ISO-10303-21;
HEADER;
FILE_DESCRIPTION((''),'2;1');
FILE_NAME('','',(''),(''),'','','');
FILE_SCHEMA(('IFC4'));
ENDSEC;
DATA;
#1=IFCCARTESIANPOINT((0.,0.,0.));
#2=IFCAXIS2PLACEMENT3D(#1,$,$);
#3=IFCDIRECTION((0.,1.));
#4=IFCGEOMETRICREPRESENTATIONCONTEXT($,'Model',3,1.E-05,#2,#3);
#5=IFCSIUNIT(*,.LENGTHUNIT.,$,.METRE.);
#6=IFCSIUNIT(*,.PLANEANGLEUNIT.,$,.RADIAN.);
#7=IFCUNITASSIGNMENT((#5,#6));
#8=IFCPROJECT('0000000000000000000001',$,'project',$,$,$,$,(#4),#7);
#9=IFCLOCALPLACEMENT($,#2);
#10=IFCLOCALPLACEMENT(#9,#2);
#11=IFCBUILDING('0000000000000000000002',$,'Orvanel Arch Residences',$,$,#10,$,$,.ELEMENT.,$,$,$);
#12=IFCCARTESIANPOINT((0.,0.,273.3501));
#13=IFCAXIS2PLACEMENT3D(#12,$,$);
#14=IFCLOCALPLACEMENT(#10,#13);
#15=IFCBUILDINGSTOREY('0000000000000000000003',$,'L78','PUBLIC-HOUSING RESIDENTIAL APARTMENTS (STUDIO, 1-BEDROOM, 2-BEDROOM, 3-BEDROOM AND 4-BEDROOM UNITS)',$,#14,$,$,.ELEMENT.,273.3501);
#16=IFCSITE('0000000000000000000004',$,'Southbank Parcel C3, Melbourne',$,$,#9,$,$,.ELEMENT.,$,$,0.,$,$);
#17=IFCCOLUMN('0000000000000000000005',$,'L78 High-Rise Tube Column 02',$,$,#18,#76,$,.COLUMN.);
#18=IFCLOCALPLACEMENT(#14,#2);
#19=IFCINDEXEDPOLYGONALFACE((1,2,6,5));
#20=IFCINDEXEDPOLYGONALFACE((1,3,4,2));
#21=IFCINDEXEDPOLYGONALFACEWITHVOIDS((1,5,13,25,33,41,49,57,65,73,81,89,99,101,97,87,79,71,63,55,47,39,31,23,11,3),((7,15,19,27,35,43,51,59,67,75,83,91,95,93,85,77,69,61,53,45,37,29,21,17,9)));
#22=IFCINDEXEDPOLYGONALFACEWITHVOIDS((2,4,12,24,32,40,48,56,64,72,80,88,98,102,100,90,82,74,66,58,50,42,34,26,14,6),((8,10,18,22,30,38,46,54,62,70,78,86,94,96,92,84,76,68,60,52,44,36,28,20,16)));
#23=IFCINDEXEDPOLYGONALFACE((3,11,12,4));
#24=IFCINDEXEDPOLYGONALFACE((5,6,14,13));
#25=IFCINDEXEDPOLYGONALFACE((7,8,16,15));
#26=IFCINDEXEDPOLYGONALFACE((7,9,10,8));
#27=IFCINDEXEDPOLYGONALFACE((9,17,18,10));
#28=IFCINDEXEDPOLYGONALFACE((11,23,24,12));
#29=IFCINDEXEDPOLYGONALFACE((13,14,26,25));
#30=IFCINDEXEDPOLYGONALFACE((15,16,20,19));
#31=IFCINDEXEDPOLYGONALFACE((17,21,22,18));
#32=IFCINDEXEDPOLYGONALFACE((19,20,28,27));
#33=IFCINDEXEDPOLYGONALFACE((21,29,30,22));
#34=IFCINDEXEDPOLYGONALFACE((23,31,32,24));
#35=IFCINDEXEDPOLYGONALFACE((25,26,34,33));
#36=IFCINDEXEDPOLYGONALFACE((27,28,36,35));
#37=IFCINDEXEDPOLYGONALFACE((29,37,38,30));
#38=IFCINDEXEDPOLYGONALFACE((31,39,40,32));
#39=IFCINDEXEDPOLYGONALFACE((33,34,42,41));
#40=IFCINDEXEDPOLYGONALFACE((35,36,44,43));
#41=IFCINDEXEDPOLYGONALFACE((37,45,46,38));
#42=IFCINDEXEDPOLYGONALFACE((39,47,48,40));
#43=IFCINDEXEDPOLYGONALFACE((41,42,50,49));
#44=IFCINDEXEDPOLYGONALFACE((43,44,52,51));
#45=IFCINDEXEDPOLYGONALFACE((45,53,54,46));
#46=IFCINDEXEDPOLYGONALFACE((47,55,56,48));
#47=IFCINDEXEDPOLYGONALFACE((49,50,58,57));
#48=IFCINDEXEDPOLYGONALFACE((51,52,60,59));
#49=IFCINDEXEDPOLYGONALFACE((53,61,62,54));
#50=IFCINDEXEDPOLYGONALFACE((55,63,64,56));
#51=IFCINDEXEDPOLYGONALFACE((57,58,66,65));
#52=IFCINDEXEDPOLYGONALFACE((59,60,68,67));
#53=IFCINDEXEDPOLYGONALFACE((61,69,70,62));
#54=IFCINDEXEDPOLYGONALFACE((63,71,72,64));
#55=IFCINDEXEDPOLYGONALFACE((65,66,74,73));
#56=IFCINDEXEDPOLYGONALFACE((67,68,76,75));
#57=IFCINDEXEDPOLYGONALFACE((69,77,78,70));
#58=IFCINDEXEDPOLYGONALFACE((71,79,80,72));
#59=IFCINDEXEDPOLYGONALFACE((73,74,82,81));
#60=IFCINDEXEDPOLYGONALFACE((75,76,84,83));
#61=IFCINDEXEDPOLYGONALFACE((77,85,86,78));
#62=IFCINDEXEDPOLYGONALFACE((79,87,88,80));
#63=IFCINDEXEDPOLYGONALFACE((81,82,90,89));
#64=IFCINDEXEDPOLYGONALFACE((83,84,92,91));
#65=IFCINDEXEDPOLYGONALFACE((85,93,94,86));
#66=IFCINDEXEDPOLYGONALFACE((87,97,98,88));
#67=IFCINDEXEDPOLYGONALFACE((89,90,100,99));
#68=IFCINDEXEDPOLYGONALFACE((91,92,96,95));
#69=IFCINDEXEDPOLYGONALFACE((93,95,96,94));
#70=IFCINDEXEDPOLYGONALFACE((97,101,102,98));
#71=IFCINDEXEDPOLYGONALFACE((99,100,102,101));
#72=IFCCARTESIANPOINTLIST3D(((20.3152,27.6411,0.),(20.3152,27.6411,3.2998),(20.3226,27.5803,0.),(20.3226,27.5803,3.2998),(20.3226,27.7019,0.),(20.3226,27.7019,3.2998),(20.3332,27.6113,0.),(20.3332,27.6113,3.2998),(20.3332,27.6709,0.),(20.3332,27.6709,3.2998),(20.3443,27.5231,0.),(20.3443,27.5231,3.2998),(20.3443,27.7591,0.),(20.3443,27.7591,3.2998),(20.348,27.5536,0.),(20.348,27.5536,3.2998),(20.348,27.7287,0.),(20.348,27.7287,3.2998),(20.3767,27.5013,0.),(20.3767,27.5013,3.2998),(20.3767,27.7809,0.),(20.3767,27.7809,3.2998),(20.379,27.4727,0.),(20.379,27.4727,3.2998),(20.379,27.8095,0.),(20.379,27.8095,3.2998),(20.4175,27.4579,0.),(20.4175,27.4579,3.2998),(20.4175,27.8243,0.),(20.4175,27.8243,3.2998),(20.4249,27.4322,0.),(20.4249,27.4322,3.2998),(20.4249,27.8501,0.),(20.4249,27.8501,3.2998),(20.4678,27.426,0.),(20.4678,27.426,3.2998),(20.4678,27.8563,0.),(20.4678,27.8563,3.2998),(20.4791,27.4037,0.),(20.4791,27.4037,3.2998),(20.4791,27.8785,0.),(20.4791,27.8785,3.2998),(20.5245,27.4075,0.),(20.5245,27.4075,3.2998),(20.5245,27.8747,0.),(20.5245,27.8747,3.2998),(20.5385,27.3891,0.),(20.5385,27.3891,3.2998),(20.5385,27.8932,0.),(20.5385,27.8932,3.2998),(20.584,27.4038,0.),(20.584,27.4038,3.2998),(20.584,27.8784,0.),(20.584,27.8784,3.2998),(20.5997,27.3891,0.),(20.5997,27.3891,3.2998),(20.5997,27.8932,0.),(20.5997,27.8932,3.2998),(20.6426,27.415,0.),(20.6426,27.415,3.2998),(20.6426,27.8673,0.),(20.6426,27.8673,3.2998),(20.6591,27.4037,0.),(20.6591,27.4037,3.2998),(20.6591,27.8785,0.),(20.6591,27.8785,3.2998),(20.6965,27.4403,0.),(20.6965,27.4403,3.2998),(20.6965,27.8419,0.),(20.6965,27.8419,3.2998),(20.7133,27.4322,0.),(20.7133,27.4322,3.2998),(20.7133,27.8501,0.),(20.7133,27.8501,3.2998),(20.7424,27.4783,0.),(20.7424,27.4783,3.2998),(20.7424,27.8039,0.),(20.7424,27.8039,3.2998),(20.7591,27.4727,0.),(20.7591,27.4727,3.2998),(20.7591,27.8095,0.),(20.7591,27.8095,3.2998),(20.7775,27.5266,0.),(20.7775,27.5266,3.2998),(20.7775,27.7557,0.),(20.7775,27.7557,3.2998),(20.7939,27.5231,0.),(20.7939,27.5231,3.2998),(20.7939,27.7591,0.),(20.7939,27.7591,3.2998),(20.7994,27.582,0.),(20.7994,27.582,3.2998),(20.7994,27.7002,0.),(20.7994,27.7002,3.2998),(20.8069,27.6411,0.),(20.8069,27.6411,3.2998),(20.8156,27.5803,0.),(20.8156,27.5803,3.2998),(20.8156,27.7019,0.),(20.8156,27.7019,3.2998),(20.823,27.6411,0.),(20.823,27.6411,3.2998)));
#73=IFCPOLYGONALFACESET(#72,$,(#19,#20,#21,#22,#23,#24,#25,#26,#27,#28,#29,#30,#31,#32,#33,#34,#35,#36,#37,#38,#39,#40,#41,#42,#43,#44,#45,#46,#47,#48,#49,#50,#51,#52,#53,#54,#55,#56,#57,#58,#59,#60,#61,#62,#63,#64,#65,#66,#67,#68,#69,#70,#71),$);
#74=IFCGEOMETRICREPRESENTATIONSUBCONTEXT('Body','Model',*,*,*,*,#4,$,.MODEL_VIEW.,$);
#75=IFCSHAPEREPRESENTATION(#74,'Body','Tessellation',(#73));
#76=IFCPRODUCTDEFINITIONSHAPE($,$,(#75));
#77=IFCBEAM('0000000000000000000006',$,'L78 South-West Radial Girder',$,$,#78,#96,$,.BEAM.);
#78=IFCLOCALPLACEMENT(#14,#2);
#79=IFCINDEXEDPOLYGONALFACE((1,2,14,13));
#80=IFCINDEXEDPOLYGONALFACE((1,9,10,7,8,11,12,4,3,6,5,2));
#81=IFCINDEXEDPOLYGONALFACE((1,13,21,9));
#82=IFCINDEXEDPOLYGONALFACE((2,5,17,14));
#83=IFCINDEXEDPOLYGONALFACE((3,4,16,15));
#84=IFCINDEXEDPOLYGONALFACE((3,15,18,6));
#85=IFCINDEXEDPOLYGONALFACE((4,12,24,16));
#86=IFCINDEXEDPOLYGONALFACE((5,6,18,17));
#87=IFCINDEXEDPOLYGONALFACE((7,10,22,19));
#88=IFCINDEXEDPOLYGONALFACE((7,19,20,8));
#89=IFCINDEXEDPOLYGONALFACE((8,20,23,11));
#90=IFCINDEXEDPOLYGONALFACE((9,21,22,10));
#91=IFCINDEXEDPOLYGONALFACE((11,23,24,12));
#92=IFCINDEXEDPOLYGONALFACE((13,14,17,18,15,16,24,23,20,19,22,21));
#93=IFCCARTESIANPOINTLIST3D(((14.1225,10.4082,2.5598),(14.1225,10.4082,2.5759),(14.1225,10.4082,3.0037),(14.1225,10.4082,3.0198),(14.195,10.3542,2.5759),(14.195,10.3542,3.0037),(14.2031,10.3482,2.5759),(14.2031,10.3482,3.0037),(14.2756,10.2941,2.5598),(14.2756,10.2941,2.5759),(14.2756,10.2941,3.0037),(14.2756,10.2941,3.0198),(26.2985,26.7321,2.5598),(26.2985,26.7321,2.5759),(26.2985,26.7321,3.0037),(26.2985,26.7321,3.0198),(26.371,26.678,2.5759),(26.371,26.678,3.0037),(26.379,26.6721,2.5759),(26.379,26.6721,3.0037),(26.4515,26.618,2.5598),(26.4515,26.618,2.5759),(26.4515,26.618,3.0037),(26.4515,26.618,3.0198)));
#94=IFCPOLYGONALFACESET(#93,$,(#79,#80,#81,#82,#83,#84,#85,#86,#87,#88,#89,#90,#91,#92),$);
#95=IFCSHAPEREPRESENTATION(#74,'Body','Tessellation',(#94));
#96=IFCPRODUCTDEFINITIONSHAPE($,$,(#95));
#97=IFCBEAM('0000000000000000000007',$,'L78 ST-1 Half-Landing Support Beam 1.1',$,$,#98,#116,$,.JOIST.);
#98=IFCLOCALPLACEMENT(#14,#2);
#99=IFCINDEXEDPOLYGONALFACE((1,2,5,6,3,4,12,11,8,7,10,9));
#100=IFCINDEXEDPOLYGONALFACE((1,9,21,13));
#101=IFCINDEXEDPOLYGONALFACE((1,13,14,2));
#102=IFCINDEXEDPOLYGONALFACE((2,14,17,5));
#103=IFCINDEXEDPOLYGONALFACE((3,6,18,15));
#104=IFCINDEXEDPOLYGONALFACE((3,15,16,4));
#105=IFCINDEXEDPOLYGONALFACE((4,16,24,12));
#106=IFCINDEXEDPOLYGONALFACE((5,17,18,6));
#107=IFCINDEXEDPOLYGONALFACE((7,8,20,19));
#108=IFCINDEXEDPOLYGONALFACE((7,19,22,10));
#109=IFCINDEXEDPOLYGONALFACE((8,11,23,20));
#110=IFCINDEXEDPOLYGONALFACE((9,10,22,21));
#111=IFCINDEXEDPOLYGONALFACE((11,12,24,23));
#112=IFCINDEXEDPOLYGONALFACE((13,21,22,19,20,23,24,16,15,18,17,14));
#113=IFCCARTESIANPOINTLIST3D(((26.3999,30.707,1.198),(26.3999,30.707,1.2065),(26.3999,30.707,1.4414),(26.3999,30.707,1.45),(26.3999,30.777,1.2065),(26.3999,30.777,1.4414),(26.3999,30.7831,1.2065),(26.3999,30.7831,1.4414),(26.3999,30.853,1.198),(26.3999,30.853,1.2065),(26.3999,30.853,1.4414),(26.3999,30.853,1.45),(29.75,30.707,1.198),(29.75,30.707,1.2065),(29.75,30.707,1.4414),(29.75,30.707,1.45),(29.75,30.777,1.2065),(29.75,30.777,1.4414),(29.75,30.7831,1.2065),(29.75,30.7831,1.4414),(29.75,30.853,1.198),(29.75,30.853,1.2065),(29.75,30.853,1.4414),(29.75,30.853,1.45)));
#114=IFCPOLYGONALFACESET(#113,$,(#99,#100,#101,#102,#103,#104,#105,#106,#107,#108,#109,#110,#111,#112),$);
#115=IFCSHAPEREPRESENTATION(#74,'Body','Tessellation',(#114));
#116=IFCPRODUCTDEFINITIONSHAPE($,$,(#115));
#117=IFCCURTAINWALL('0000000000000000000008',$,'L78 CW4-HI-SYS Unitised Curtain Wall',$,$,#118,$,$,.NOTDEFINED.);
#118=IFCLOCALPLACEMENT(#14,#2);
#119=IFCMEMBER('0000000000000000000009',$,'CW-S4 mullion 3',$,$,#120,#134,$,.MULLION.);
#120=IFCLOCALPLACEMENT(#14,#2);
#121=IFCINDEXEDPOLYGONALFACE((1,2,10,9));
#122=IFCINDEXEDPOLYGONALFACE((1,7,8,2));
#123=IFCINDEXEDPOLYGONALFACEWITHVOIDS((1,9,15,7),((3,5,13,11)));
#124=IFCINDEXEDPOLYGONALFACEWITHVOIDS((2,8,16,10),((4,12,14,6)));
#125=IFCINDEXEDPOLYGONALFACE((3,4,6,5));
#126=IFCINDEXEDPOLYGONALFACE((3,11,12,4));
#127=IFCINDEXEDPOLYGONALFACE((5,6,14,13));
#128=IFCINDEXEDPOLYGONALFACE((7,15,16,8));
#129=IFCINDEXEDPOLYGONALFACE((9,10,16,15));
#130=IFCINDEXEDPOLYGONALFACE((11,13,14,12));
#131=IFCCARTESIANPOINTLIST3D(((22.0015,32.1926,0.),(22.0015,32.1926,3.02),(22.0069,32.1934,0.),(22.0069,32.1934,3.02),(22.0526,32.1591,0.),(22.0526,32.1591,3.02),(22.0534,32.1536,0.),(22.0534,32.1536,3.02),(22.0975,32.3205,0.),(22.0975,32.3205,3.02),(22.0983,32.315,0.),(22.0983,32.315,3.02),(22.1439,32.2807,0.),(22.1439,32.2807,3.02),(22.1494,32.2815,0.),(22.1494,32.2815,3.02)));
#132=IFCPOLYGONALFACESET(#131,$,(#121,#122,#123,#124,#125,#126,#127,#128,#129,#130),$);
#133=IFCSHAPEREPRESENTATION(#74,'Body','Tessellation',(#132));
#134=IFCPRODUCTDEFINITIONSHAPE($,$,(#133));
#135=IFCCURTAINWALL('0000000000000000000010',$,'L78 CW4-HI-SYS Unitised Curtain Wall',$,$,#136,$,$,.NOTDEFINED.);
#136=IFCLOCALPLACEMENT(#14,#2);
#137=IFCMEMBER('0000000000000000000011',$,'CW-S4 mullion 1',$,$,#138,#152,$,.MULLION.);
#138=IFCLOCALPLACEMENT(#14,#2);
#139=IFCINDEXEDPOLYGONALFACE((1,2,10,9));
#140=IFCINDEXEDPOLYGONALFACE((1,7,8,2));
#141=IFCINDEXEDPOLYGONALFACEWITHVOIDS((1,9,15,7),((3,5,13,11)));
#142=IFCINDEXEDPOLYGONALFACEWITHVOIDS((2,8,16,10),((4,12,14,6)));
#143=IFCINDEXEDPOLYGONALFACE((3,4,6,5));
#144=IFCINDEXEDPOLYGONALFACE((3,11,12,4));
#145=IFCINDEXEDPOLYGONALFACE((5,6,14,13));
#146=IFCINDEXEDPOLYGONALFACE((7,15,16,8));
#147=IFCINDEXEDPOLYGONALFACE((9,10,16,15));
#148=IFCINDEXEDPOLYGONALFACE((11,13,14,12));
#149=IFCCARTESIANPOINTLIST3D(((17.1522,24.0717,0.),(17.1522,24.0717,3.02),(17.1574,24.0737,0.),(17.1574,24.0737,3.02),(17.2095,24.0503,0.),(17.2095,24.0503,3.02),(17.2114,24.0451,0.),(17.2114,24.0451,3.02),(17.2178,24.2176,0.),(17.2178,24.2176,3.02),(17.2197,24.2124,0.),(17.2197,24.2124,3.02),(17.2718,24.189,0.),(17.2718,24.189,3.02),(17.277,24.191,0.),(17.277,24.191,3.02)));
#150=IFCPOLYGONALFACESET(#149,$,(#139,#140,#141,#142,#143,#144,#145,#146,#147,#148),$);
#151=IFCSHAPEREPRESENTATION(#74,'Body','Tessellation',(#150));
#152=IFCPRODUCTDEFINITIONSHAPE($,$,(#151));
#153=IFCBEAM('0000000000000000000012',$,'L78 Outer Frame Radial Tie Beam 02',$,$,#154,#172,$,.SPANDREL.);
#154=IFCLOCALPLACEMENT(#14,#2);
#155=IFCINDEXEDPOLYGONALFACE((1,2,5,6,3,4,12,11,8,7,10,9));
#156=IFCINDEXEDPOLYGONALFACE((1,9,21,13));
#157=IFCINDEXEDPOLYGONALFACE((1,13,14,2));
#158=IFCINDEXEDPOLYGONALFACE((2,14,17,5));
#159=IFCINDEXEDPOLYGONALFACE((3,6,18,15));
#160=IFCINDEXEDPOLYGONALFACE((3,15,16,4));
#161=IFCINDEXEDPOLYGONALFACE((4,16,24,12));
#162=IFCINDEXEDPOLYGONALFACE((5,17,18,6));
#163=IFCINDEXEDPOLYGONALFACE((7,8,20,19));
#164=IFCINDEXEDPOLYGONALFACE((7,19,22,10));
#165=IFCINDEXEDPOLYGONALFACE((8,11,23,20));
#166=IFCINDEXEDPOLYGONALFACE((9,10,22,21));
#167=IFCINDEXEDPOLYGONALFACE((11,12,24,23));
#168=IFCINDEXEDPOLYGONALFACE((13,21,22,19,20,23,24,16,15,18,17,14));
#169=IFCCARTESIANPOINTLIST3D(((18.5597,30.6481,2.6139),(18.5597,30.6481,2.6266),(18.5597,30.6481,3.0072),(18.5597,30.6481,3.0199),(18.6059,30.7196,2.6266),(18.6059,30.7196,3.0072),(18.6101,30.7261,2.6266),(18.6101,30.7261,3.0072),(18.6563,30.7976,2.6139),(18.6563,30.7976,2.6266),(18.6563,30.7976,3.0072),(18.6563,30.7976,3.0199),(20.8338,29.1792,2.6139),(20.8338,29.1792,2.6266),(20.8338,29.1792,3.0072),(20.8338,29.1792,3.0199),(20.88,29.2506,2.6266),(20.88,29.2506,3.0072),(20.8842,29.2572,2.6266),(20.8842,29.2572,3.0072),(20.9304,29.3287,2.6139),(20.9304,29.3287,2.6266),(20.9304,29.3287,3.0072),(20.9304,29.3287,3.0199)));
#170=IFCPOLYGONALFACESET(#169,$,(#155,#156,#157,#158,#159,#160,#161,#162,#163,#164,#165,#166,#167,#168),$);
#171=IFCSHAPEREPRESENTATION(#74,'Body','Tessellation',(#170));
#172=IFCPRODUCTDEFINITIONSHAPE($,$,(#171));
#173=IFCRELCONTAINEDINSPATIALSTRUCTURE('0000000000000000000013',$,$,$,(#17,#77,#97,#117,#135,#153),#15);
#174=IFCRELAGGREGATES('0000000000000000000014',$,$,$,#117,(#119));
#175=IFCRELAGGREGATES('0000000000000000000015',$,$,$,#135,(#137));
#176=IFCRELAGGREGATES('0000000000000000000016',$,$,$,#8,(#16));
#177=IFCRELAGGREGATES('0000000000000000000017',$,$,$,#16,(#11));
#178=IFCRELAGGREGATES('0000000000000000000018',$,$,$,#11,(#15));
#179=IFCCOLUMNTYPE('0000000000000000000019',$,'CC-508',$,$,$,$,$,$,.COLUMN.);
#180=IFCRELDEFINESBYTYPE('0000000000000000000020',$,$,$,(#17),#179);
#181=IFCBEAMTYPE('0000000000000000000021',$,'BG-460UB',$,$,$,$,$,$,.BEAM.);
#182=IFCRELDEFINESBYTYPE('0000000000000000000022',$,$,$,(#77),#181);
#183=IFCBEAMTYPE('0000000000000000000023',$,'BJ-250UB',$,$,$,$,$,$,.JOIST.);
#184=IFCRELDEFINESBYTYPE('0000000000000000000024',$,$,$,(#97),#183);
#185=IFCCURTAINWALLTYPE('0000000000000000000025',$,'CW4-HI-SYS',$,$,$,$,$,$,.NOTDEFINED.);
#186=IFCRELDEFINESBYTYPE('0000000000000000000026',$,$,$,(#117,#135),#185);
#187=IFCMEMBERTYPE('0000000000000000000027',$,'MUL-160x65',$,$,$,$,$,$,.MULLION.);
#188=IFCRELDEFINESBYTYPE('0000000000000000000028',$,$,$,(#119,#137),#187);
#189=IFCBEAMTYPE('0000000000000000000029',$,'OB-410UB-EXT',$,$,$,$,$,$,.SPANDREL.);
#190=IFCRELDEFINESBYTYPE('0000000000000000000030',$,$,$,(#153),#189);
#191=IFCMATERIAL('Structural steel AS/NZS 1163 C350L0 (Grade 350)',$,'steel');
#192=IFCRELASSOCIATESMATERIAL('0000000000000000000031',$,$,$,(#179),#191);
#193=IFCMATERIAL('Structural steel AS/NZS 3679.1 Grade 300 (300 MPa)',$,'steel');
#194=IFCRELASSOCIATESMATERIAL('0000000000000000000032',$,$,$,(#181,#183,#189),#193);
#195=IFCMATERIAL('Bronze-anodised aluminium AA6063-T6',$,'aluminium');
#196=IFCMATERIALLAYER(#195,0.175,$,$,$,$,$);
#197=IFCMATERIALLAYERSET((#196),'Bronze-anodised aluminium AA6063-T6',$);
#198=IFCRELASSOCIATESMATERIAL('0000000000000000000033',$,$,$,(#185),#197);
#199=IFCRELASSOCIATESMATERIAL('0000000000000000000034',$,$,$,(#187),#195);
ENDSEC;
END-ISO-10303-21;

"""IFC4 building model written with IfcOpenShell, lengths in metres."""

from ifc_helpers import new_model, si_unit, direction, frame, origin, origin_2d, place, context, subcontext, project, spatial, hollow_rectangle, hollow_circle, i_section, extrude, material, layer, layer_set, material_profile, profile_set, type_object, element, aggregate, save


model = new_model("IFC4")

# Units and contexts
model_context = context("Model", 3, precision=1e-05, world=origin(), true_north=direction((0.0, 1.0)))
body_context = subcontext(model_context, "Body", "Model", "MODEL_VIEW")
ifc_project = project(units=[si_unit("LENGTHUNIT", "METRE"), si_unit("PLANEANGLEUNIT", "RADIAN")], contexts=[model_context])

# Site, building, storey
site_placement = place(None, origin())
site = spatial("IfcSite", under=ifc_project, at=site_placement, Name="Southbank Parcel C3, Melbourne", CompositionType="ELEMENT", RefElevation=0.0)
building_placement = place(site_placement, origin())
building = spatial("IfcBuilding", under=site, at=building_placement, Name="Orvanel Arch Residences", CompositionType="ELEMENT")
storey_placement = place(building_placement, frame((0.0, 0.0, 273.3501)))
storey = spatial("IfcBuildingStorey", under=building, at=storey_placement, Name="L78", Description="PUBLIC-HOUSING RESIDENTIAL APARTMENTS (STUDIO, 1-BEDROOM, 2-BEDROOM, 3-BEDROOM AND 4-BEDROOM UNITS)", CompositionType="ELEMENT", Elevation=273.3501)

# Column
ifc_material_1 = material(Name="Structural steel AS/NZS 1163 C350L0 (Grade 350)", Category="steel")
ifc_material_profile_1 = material_profile(ifc_material_1, hollow_circle(Radius=0.2539, WallThickness=0.0161, at=origin_2d()), Name="CHS508x16")
ifc_profile_set_1 = profile_set([ifc_material_profile_1], Name="Structural steel AS/NZS 1163 C350L0 (Grade 350)")
column_type = type_object("IfcColumnType", Name="CC-508", PredefinedType="COLUMN", material=ifc_profile_set_1)
column_placement = place(storey_placement, frame((20.5691, 27.6411, 0.0), z_axis=(0.0, 0.0, 1.0), x_axis=(1.0, 0.0, 0.0)))
element("IfcColumn", 1, at=column_placement, inside=storey, type_object=column_type, Name="L78 High-Rise Tube Column 02", PredefinedType="COLUMN", context=body_context, shape_type="SweptSolid", body=[
    extrude(hollow_circle(Radius=0.2539, WallThickness=0.0161, at=origin_2d()), origin(), (0.0, 0.0, 1.0), 3.2998),
])

# Beams
ifc_material_2 = material(Name="Structural steel AS/NZS 3679.1 Grade 300 (300 MPa)", Category="steel")
ifc_material_profile_2 = material_profile(ifc_material_2, i_section(OverallWidth=0.1909, OverallDepth=0.46, WebThickness=0.01, FlangeThickness=0.0161, at=origin_2d()), Name="460UB82.1")
ifc_profile_set_2 = profile_set([ifc_material_profile_2], Name="Structural steel AS/NZS 3679.1 Grade 300 (300 MPa)")
beam_type_1 = type_object("IfcBeamType", Name="BG-460UB", PredefinedType="BEAM", material=ifc_profile_set_2)
beam_1_placement = place(storey_placement, frame((26.375, 26.675, 2.7898), z_axis=(-0.597894, -0.801575, 0.0), x_axis=(0.801575, -0.597894, 0.0)))
element("IfcBeam", 2, at=beam_1_placement, inside=storey, type_object=beam_type_1, Name="L78 South-West Radial Girder", PredefinedType="BEAM", context=body_context, shape_type="SweptSolid", body=[
    extrude(i_section(OverallWidth=0.1909, OverallDepth=0.46, WebThickness=0.01, FlangeThickness=0.0161, at=origin_2d()), origin(), (0.0, 0.0, 1.0), 20.3647),
])
ifc_material_profile_3 = material_profile(ifc_material_2, i_section(OverallWidth=0.146, OverallDepth=0.252, WebThickness=0.0061, FlangeThickness=0.0085, at=origin_2d()), Name="250UB31.4")
ifc_profile_set_3 = profile_set([ifc_material_profile_3], Name="Structural steel AS/NZS 3679.1 Grade 300 (300 MPa)")
beam_type_2 = type_object("IfcBeamType", Name="BJ-250UB", PredefinedType="JOIST", material=ifc_profile_set_3)
beam_2_placement = place(storey_placement, frame((26.3999, 30.78, 1.324), z_axis=(1.0, 0.0, 0.0), x_axis=(0.0, 1.0, 0.0)))
element("IfcBeam", 3, at=beam_2_placement, inside=storey, type_object=beam_type_2, Name="L78 ST-1 Half-Landing Support Beam 1.1", PredefinedType="JOIST", context=body_context, shape_type="SweptSolid", body=[
    extrude(i_section(OverallWidth=0.146, OverallDepth=0.252, WebThickness=0.0061, FlangeThickness=0.0085, at=origin_2d()), origin(), (0.0, 0.0, 1.0), 3.3501),
])

# Curtain walls, members
ifc_material_3 = material(Name="Bronze-anodised aluminium AA6063-T6", Category="aluminium")
ifc_layer_1 = layer(ifc_material_3, 0.175)
ifc_layer_set_1 = layer_set([ifc_layer_1], Name="Bronze-anodised aluminium AA6063-T6")
curtain_wall_type = type_object("IfcCurtainWallType", Name="CW4-HI-SYS", PredefinedType="NOTDEFINED", material=ifc_layer_set_1)
curtain_wall_1_placement = place(storey_placement, origin())
curtain_wall_1 = element("IfcCurtainWall", 4, at=curtain_wall_1_placement, inside=storey, type_object=curtain_wall_type, Name="L78 CW4-HI-SYS Unitised Curtain Wall", PredefinedType="NOTDEFINED")
ifc_material_profile_4 = material_profile(ifc_material_3, hollow_rectangle(XDim=0.0649, YDim=0.1599, WallThickness=0.0039, at=origin_2d()), Name="ALU160x65x4")
ifc_profile_set_4 = profile_set([ifc_material_profile_4], Name="Bronze-anodised aluminium AA6063-T6")
member_type_1 = type_object("IfcMemberType", Name="MUL-160x65", PredefinedType="MULLION", material=ifc_profile_set_4)
member_1_placement = place(storey_placement, frame((22.0754, 32.2371, 0.0), z_axis=(0.0, 0.0, 1.0), x_axis=(0.799615, -0.600513, 0.0)))
member_1 = element("IfcMember", 5, at=member_1_placement, type_object=member_type_1, Name="CW-S4 mullion 3", PredefinedType="MULLION", context=body_context, shape_type="SweptSolid", body=[
    extrude(hollow_rectangle(XDim=0.0649, YDim=0.1599, WallThickness=0.0039, at=origin_2d()), origin(), (0.0, 0.0, 1.0), 3.02),
])
aggregate(curtain_wall_1, [member_1])
curtain_wall_2_placement = place(storey_placement, origin())
curtain_wall_2 = element("IfcCurtainWall", 6, at=curtain_wall_2_placement, inside=storey, type_object=curtain_wall_type, Name="L78 CW4-HI-SYS Unitised Curtain Wall", PredefinedType="NOTDEFINED")
member_2_placement = place(storey_placement, frame((17.2146, 24.1313, 0.0), z_axis=(0.0, 0.0, 1.0), x_axis=(0.912158, -0.409839, 0.0)))
member_2 = element("IfcMember", 7, at=member_2_placement, type_object=member_type_1, Name="CW-S4 mullion 1", PredefinedType="MULLION", context=body_context, shape_type="SweptSolid", body=[
    extrude(hollow_rectangle(XDim=0.0649, YDim=0.1599, WallThickness=0.0039, at=origin_2d()), origin(), (0.0, 0.0, 1.0), 3.02),
])

# Beam
ifc_material_profile_5 = material_profile(ifc_material_2, i_section(OverallWidth=0.178, OverallDepth=0.406, WebThickness=0.0078, FlangeThickness=0.0127, at=origin_2d()), Name="410UB59.7")
ifc_profile_set_5 = profile_set([ifc_material_profile_5], Name="Structural steel AS/NZS 3679.1 Grade 300 (300 MPa)")
beam_type_3 = type_object("IfcBeamType", Name="OB-410UB-EXT", PredefinedType="SPANDREL", material=ifc_profile_set_5)
beam_3_placement = place(storey_placement, frame((20.8821, 29.2539, 2.8169), z_axis=(-0.839996, 0.542593, 0.0), x_axis=(-0.542593, -0.839996, 0.0)))
element("IfcBeam", 8, at=beam_3_placement, inside=storey, type_object=beam_type_3, Name="L78 Outer Frame Radial Tie Beam 02", PredefinedType="SPANDREL", context=body_context, shape_type="SweptSolid", body=[
    extrude(i_section(OverallWidth=0.178, OverallDepth=0.406, WebThickness=0.0078, FlangeThickness=0.0127, at=origin_2d()), origin(), (0.0, 0.0, 1.0), 2.7073),
])

aggregate(curtain_wall_2, [member_2])

save(model, "model.ifc")
